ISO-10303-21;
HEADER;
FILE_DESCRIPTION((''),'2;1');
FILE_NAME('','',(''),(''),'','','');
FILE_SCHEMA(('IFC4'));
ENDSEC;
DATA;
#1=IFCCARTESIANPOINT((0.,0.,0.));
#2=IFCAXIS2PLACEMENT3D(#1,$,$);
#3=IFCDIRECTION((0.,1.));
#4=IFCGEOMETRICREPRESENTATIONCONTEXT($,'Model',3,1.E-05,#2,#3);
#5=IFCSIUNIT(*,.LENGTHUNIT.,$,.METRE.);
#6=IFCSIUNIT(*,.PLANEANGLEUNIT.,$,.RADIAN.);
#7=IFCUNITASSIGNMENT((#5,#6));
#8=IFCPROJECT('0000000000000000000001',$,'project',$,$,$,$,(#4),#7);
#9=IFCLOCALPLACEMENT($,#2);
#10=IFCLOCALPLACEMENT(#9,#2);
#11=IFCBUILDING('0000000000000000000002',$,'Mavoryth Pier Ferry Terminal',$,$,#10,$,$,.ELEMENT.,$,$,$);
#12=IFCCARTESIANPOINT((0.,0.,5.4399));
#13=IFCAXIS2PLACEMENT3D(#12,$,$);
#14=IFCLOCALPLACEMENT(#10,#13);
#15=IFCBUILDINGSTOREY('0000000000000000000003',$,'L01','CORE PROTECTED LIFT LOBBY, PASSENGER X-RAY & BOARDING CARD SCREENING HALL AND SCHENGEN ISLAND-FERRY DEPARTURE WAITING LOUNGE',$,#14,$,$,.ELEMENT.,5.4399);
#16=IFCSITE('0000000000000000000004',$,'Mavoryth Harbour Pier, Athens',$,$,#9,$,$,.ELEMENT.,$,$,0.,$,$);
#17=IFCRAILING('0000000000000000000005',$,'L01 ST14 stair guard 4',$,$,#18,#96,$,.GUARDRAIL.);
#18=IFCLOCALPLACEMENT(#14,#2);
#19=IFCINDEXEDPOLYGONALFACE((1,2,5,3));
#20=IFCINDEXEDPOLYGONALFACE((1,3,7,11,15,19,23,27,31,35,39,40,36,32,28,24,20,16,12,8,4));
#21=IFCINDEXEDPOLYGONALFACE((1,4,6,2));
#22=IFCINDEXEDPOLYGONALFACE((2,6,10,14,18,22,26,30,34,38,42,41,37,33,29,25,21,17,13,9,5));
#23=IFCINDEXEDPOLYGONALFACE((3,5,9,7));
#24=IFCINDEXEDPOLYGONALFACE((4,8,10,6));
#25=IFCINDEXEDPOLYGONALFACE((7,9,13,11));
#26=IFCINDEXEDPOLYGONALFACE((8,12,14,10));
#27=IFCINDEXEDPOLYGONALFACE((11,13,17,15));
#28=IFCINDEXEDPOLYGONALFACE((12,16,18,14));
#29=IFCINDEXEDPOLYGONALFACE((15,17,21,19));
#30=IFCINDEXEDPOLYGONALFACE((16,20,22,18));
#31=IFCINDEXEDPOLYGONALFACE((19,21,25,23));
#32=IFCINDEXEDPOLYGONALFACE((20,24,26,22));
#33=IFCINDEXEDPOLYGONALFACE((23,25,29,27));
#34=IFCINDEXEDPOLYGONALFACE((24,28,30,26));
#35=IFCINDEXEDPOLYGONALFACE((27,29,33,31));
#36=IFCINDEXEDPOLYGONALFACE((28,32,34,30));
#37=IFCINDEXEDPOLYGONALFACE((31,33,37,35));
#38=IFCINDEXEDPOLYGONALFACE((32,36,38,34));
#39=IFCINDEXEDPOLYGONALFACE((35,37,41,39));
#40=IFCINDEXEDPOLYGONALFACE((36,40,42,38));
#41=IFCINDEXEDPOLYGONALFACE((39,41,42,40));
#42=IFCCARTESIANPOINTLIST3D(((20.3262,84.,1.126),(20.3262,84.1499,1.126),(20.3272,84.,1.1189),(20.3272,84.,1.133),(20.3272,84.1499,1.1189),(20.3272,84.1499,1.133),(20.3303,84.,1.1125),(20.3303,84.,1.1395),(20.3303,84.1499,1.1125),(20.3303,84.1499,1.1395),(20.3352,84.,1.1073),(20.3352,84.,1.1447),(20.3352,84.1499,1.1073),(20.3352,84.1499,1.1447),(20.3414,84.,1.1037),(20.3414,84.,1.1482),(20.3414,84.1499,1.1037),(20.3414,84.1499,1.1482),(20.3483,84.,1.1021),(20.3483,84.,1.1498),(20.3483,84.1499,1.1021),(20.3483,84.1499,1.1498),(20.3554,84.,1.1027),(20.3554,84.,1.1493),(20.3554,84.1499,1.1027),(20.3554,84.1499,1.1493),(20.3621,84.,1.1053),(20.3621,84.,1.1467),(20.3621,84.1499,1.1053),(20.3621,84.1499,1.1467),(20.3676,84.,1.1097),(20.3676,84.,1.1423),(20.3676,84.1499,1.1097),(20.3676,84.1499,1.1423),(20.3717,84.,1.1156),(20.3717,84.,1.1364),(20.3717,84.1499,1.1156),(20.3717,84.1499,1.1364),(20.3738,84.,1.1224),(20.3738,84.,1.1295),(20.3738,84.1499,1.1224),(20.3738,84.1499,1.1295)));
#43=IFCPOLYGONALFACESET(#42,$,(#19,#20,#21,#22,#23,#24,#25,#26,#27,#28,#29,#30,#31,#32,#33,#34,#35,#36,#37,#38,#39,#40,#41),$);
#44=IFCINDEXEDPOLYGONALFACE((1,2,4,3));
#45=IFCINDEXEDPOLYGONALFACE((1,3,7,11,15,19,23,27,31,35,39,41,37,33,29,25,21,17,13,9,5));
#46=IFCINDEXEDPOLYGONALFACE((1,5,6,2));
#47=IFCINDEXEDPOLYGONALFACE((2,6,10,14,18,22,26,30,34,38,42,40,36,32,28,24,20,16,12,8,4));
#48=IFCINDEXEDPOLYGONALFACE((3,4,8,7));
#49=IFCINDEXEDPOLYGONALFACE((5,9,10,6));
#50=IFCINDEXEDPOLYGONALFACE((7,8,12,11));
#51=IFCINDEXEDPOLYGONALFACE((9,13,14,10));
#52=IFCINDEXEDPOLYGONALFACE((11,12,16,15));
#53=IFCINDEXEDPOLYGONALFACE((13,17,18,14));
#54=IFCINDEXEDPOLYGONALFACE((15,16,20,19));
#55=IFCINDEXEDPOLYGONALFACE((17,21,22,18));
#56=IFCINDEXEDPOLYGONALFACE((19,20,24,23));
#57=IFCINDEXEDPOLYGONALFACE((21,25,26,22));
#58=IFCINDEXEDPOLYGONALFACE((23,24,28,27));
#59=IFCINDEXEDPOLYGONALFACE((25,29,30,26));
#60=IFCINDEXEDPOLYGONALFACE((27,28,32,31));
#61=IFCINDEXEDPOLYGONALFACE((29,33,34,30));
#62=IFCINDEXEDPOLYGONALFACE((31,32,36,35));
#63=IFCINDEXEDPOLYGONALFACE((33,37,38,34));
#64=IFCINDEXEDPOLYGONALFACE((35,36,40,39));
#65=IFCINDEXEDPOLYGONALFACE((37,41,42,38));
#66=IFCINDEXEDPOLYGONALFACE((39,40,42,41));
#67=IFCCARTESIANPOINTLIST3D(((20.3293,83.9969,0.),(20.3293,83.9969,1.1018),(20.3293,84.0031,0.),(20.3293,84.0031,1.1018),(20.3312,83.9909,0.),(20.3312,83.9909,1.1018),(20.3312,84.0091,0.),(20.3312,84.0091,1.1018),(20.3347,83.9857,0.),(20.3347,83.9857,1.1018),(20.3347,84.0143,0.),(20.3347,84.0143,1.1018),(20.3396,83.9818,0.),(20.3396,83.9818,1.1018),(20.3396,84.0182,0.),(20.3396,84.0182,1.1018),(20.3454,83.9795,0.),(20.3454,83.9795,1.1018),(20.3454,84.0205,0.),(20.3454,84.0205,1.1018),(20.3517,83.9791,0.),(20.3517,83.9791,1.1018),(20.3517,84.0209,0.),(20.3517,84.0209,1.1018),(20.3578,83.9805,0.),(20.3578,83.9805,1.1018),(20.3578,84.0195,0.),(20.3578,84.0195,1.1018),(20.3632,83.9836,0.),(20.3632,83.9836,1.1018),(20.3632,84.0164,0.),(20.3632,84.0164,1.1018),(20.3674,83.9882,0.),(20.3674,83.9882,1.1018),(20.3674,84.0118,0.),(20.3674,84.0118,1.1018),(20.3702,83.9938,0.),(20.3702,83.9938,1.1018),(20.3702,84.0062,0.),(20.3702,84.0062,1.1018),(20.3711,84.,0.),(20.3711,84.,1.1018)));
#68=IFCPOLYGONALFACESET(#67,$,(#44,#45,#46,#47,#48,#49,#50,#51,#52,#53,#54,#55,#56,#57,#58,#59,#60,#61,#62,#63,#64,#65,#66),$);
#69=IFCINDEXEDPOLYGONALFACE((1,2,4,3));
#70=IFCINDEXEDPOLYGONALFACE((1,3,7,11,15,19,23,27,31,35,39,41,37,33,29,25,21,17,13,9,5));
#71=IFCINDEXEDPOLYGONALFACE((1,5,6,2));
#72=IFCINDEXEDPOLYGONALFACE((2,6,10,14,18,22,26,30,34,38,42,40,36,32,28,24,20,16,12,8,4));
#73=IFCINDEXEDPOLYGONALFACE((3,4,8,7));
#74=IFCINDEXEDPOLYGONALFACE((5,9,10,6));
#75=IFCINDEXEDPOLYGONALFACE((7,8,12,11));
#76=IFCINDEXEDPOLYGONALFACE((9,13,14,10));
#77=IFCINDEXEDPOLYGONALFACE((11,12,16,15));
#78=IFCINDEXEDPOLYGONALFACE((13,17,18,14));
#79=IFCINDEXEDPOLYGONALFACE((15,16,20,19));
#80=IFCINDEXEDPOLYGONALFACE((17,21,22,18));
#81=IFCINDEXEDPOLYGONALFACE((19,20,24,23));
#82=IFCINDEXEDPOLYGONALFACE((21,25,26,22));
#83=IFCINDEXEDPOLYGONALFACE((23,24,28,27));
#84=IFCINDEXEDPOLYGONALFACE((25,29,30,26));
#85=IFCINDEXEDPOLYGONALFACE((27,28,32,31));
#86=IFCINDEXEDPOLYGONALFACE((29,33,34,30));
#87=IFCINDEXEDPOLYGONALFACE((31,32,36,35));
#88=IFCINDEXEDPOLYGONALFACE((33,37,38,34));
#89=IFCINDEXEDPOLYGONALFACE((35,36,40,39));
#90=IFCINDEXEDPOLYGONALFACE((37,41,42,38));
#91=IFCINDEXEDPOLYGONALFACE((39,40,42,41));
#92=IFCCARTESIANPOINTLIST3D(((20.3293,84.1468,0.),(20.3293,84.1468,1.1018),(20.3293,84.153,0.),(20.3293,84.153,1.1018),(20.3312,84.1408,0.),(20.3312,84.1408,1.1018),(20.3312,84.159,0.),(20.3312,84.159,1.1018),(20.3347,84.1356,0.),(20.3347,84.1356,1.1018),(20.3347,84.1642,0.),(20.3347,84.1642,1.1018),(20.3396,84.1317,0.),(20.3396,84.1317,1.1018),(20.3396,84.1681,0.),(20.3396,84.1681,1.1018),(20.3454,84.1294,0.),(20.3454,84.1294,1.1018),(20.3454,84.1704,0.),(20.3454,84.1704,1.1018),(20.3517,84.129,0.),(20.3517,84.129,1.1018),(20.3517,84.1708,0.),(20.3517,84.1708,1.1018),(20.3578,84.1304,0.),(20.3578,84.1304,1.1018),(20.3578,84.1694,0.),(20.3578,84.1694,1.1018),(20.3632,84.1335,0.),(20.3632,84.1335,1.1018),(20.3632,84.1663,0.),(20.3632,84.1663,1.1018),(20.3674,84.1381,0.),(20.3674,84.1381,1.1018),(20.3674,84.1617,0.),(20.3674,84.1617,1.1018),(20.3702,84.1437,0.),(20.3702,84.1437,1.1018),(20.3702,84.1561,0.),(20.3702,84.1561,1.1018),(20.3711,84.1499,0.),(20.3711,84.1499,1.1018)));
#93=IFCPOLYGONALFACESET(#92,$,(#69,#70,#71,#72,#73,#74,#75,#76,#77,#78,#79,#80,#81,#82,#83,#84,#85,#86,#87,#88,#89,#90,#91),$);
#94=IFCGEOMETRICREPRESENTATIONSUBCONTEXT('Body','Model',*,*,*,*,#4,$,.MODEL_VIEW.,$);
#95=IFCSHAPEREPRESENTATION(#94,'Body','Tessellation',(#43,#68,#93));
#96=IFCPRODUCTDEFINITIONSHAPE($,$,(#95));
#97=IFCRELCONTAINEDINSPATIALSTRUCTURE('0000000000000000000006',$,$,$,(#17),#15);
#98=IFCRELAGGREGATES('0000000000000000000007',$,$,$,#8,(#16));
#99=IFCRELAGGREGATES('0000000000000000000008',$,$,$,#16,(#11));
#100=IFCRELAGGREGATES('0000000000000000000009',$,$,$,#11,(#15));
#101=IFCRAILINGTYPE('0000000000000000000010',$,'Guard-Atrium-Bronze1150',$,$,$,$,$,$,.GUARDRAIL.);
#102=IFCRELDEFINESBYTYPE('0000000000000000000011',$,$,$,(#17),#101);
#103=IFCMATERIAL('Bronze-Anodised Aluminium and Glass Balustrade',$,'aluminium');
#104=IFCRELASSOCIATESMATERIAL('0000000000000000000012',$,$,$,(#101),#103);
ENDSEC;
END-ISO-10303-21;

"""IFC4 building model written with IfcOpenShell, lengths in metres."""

from ifc_helpers import new_model, si_unit, direction, frame, origin, origin_2d, place, context, subcontext, project, spatial, circle, extrude, material, type_object, element, save


model = new_model("IFC4")

# Units and contexts
model_context = context("Model", 3, precision=1e-05, world=origin(), true_north=direction((0.0, 1.0)))
body_context = subcontext(model_context, "Body", "Model", "MODEL_VIEW")
ifc_project = project(units=[si_unit("LENGTHUNIT", "METRE"), si_unit("PLANEANGLEUNIT", "RADIAN")], contexts=[model_context])

# Site, building, storey
site_placement = place(None, origin())
site = spatial("IfcSite", under=ifc_project, at=site_placement, Name="Mavoryth Harbour Pier, Athens", CompositionType="ELEMENT", RefElevation=0.0)
building_placement = place(site_placement, origin())
building = spatial("IfcBuilding", under=site, at=building_placement, Name="Mavoryth Pier Ferry Terminal", CompositionType="ELEMENT")
storey_placement = place(building_placement, frame((0.0, 0.0, 5.4399)))
storey = spatial("IfcBuildingStorey", under=building, at=storey_placement, Name="L01", Description="CORE PROTECTED LIFT LOBBY, PASSENGER X-RAY & BOARDING CARD SCREENING HALL AND SCHENGEN ISLAND-FERRY DEPARTURE WAITING LOUNGE", CompositionType="ELEMENT", Elevation=5.4399)

# Railing
ifc_material_1 = material(Name="Bronze-Anodised Aluminium and Glass Balustrade", Category="aluminium")
railing_type_1 = type_object("IfcRailingType", Name="Guard-Atrium-Bronze1150", PredefinedType="GUARDRAIL", material=ifc_material_1)
railing_1_placement = place(storey_placement, frame((20.3501, 84.0, 0.0)))
element("IfcRailing", 1, at=railing_1_placement, inside=storey, type_object=railing_type_1, Name="L01 ST14 stair guard 4", PredefinedType="GUARDRAIL", context=body_context, shape_type="SweptSolid", body=[
    extrude(circle(Radius=0.0239, at=origin_2d()), frame((0.0, 0.0, 1.126), z_axis=(0.0, 1.0, 0.0), x_axis=(-1.0, 0.0, 0.0)), (0.0, 0.0, 1.0), 0.1499),
    extrude(circle(Radius=0.021, at=origin_2d()), origin(), (0.0, 0.0, 1.0), 1.1018),
    extrude(circle(Radius=0.021, at=origin_2d()), frame((0.0, 0.1499, 0.0)), (0.0, 0.0, 1.0), 1.1018),
])

save(model, "model.ifc")
